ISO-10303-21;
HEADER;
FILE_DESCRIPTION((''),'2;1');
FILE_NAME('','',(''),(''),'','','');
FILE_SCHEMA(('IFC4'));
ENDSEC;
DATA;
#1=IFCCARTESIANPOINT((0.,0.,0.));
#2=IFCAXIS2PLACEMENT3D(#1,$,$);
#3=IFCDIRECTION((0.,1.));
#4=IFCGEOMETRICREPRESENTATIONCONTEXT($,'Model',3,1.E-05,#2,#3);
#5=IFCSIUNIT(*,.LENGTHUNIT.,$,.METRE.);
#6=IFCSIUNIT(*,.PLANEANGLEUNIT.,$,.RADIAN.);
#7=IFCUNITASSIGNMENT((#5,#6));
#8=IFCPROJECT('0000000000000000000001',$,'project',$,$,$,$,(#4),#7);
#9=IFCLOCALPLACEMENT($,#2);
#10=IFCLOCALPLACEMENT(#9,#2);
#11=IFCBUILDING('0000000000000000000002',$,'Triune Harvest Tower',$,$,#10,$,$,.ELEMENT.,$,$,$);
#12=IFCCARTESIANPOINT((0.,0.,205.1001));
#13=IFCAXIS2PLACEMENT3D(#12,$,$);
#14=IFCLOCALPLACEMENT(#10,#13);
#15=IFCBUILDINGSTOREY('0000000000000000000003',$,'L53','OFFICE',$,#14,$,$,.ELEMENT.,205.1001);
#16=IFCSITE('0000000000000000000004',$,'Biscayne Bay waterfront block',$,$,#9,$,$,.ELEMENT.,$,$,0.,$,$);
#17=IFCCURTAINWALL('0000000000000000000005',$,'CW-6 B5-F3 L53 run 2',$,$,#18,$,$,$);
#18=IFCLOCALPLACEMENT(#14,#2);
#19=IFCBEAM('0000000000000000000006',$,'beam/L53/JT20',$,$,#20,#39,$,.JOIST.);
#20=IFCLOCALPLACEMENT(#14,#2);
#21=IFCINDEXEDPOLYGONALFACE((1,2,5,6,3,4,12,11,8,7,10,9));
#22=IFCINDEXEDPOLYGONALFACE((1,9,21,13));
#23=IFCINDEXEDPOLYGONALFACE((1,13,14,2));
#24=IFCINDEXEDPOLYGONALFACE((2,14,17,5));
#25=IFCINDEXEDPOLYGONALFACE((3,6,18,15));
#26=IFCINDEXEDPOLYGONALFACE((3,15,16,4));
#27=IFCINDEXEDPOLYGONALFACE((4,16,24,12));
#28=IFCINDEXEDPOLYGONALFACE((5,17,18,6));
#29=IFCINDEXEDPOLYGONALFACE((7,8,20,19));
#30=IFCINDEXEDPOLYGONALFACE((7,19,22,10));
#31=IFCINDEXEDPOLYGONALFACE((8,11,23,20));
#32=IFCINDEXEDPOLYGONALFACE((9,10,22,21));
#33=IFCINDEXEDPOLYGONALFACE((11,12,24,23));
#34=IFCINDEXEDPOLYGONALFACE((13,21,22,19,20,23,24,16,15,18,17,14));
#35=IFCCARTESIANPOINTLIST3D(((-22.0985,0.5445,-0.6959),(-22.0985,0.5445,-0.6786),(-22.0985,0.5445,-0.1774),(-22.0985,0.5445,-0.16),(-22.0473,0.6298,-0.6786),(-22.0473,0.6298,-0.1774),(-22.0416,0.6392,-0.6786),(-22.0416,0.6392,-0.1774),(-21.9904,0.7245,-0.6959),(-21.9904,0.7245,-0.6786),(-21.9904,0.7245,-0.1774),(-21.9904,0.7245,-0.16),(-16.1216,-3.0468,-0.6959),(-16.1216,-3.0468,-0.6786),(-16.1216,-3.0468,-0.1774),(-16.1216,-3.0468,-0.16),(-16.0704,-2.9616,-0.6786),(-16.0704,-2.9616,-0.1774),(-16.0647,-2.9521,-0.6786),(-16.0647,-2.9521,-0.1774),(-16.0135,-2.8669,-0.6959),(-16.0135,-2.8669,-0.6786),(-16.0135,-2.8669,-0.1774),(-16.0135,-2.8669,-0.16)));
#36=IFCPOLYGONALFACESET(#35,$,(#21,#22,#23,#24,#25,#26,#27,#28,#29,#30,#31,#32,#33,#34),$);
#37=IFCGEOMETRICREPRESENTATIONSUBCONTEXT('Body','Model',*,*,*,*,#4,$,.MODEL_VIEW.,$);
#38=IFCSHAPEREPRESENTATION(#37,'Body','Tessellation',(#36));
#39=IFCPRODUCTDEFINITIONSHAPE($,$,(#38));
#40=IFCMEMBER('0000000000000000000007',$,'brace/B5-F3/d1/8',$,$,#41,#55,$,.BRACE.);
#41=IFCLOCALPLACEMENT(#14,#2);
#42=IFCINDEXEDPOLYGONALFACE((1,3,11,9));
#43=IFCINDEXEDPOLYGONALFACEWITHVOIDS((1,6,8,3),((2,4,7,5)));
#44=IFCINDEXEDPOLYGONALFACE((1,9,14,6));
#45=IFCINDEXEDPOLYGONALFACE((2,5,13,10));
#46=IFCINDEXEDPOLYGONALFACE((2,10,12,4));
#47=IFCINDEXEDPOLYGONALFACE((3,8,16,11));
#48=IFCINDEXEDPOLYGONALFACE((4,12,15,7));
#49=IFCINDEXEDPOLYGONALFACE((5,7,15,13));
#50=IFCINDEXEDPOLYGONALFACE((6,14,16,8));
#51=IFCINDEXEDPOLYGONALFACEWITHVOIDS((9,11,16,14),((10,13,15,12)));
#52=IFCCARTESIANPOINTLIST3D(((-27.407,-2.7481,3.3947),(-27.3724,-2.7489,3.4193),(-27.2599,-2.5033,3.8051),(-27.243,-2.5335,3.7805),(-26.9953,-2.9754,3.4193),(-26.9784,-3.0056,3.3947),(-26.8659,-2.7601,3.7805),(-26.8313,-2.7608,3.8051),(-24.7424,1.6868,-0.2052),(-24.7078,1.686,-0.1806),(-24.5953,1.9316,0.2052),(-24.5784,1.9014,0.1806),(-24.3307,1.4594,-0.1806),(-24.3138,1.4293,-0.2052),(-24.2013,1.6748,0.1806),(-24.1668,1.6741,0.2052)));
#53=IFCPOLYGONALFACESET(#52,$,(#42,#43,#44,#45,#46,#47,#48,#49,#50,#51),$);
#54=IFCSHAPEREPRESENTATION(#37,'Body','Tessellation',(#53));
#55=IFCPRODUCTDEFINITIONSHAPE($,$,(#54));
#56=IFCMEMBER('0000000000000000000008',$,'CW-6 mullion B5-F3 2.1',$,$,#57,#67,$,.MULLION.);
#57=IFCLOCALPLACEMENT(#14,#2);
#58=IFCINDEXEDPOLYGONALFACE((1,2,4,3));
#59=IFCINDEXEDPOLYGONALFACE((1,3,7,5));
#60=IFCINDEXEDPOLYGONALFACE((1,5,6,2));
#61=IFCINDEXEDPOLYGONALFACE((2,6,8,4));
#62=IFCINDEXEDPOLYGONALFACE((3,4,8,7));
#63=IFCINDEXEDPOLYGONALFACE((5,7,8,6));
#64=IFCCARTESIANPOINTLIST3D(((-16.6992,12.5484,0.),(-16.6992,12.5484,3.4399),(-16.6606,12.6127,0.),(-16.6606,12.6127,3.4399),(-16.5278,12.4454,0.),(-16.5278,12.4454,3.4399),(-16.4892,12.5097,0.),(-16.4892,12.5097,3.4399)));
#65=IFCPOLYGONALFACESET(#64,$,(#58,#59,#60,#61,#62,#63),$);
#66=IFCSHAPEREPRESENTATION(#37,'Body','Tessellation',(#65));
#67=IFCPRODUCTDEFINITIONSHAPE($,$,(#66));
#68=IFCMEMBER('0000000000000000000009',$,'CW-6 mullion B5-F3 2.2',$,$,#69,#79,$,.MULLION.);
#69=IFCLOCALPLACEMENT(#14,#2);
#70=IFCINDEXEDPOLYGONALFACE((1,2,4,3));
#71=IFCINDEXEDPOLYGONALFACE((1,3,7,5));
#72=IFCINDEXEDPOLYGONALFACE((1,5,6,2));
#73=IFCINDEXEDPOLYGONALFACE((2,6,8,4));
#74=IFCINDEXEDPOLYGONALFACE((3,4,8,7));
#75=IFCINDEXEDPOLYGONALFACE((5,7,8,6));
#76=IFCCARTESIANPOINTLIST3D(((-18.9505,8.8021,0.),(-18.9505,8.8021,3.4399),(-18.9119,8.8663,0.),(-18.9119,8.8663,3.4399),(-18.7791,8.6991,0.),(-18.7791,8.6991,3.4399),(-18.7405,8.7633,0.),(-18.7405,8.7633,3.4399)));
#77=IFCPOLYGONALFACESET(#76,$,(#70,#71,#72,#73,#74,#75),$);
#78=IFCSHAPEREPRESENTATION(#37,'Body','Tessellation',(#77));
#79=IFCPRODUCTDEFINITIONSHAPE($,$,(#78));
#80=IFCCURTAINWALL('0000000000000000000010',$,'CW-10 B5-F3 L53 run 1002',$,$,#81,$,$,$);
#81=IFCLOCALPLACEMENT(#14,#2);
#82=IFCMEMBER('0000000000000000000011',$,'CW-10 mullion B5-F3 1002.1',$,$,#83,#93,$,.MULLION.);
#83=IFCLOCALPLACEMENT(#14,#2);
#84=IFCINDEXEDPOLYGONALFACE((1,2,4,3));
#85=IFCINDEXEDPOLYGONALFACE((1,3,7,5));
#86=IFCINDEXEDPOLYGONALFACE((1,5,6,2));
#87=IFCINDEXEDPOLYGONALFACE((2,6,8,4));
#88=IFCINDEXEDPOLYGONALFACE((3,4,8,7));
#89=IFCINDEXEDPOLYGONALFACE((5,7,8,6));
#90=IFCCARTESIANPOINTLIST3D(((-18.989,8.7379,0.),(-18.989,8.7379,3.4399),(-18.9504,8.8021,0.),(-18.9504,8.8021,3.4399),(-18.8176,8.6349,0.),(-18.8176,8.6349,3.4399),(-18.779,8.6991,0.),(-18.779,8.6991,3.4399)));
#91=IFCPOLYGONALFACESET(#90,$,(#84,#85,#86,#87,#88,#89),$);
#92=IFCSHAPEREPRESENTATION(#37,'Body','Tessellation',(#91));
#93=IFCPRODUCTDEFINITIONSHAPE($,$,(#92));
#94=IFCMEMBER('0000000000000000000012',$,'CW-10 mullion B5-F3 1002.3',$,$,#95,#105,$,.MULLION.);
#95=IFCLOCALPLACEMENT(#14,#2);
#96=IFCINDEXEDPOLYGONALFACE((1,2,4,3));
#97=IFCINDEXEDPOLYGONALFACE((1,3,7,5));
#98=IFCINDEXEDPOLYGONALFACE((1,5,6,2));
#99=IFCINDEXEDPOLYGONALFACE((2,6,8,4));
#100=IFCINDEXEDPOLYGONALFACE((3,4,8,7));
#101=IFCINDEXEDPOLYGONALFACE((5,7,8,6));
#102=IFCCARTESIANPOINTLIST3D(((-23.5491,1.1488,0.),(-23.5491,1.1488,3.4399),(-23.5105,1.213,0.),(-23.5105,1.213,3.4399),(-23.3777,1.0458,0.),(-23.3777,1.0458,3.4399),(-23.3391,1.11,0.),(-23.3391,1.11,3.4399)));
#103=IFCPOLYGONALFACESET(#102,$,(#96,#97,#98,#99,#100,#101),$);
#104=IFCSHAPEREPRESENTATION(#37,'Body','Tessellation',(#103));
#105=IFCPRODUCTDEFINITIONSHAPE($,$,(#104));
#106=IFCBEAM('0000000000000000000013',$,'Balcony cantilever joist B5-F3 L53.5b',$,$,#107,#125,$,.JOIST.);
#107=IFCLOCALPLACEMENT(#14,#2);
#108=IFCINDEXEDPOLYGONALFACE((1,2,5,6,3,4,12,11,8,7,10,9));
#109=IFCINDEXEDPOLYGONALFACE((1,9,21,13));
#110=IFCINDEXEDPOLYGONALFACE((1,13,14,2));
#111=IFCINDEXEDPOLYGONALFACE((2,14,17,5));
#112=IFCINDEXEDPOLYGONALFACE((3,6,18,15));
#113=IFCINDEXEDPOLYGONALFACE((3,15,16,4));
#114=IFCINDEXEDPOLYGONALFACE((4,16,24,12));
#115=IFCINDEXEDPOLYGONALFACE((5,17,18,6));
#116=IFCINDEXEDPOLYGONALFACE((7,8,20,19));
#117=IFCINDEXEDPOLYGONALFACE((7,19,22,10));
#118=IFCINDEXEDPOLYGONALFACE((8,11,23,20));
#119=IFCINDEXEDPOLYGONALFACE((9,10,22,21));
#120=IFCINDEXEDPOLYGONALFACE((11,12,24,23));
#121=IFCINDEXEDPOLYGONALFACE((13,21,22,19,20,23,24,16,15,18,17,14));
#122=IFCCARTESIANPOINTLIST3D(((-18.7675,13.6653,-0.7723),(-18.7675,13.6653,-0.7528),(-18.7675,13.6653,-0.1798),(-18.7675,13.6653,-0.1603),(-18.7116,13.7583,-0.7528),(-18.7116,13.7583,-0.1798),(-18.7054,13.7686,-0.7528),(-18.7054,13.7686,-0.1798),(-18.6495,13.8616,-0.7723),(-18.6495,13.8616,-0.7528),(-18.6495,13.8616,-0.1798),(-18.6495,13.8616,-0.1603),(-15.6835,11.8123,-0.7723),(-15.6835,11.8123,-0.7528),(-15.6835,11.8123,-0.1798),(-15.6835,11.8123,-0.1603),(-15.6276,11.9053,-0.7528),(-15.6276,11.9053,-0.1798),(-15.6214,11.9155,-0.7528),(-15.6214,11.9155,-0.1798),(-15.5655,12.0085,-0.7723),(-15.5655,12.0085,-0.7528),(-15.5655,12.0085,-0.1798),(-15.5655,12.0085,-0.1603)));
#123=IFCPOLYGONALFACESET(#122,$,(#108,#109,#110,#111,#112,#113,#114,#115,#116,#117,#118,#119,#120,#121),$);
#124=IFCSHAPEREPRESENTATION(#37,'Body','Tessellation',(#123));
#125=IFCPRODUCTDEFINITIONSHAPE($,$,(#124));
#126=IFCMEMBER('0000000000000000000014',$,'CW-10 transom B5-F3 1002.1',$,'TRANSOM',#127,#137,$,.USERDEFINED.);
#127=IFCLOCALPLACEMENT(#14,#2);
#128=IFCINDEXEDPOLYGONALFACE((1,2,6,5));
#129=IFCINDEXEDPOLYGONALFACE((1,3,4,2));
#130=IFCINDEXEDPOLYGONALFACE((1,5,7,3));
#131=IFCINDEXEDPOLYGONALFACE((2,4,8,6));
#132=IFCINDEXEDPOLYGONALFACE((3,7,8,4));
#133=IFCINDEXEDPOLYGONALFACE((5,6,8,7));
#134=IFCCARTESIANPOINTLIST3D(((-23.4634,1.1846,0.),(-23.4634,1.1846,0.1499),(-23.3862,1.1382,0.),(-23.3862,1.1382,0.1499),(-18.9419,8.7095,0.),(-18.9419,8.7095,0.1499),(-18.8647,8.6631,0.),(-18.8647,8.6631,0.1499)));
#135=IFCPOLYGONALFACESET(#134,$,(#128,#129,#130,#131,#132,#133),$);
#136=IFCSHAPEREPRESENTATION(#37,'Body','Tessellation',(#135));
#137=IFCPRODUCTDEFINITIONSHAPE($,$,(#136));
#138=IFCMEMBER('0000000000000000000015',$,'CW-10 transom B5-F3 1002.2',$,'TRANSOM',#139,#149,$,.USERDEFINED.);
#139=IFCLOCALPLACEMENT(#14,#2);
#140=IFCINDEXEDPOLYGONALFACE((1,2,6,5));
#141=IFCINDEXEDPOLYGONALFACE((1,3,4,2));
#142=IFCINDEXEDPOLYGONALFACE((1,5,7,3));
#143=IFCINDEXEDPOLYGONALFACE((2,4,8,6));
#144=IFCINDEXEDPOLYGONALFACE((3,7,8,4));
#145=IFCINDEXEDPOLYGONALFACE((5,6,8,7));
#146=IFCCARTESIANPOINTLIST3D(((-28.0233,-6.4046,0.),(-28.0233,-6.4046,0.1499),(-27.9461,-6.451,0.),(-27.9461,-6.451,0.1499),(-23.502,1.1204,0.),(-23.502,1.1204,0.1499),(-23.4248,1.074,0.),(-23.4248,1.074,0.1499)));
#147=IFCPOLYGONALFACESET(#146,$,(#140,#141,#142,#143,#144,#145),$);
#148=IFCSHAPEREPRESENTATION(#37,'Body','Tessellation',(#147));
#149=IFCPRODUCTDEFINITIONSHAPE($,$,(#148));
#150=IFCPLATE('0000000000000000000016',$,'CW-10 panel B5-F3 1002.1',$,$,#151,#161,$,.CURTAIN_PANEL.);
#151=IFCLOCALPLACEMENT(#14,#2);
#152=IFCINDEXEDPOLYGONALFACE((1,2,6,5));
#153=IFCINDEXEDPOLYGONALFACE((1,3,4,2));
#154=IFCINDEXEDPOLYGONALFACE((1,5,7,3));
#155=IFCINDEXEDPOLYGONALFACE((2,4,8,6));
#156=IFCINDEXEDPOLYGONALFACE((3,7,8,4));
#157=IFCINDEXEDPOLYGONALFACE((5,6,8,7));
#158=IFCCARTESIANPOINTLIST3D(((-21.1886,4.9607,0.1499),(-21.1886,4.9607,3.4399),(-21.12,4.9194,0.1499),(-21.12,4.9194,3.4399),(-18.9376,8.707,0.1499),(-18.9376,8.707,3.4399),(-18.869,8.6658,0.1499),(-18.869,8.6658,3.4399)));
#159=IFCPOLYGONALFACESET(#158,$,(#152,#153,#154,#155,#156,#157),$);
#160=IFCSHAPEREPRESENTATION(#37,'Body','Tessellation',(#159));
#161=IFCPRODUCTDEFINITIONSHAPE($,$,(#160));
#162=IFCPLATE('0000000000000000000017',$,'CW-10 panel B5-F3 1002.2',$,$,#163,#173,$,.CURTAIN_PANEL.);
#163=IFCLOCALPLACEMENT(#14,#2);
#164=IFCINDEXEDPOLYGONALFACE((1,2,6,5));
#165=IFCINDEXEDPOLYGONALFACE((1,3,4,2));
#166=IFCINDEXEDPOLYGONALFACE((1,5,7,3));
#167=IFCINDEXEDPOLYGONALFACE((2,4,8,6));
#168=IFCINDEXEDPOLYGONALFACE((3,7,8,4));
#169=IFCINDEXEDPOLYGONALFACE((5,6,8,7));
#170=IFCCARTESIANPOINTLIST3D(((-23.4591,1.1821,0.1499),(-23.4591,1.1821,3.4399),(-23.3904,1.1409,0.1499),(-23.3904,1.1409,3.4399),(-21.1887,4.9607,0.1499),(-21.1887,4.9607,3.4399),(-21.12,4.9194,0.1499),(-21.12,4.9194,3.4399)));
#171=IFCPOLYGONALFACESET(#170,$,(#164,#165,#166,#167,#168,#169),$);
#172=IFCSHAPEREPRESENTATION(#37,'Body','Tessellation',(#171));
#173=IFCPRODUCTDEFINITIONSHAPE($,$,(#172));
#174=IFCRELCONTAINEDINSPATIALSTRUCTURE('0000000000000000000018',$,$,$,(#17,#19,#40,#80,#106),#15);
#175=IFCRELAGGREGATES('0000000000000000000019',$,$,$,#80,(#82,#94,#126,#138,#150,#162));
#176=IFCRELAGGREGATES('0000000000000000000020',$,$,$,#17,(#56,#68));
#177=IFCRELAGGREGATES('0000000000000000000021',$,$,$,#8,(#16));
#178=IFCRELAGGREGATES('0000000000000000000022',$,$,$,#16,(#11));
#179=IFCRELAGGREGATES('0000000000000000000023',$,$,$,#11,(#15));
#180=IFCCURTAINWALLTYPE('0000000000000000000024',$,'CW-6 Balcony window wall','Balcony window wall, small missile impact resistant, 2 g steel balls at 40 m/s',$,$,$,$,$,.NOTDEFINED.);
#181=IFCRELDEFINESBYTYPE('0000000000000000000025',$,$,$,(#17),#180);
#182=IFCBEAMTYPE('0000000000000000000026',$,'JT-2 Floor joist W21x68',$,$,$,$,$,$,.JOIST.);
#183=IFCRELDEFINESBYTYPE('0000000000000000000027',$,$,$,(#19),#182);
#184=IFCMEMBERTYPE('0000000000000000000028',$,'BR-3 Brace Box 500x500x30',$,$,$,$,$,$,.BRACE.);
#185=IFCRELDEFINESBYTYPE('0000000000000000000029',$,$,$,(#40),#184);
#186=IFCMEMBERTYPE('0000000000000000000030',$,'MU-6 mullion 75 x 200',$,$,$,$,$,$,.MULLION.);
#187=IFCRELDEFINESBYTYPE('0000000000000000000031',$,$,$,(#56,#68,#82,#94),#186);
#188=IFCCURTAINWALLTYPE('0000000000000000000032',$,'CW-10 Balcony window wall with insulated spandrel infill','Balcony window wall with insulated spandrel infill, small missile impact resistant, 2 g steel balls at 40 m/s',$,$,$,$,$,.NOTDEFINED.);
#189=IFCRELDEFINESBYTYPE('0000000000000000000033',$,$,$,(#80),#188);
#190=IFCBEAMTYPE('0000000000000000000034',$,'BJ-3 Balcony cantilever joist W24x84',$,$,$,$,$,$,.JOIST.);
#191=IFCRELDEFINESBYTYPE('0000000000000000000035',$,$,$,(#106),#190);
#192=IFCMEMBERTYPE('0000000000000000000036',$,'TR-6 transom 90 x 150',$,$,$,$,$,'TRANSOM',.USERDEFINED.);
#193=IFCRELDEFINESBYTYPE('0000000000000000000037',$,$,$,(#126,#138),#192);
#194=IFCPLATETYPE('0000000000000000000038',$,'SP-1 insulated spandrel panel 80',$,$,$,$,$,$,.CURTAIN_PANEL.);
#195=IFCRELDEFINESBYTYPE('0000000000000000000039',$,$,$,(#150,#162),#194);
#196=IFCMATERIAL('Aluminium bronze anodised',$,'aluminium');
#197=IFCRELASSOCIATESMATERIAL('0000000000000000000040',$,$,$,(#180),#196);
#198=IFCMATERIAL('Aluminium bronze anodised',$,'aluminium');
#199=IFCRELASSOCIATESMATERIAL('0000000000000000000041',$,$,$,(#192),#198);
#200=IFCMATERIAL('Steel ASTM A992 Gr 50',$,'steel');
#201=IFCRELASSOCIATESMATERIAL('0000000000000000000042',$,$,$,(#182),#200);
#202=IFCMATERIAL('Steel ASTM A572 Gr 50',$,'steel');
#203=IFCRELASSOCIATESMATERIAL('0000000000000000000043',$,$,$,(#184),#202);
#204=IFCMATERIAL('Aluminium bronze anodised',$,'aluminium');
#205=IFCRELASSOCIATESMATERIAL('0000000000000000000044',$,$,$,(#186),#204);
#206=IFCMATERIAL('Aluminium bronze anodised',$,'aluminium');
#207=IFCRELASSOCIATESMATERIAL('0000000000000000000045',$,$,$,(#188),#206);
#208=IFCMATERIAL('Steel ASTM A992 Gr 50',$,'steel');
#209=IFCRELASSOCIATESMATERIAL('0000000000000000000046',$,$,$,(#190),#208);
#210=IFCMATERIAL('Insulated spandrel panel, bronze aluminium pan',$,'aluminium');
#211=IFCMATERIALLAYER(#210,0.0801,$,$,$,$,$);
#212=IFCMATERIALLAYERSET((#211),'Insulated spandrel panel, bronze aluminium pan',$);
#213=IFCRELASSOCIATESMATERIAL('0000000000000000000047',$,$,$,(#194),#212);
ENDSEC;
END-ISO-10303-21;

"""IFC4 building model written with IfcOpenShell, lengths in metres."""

from ifc_helpers import new_model, si_unit, direction, frame, origin, origin_2d, place, context, subcontext, project, spatial, rectangle, hollow_rectangle, i_section, extrude, source, transform, mapped, material, layer, layer_set, material_profile, profile_set, type_object, element, aggregate, save


model = new_model("IFC4")

# Units and contexts
model_context = context("Model", 3, precision=1e-05, world=origin(), true_north=direction((0.0, 1.0)))
body_context = subcontext(model_context, "Body", "Model", "MODEL_VIEW")
ifc_project = project(units=[si_unit("LENGTHUNIT", "METRE"), si_unit("PLANEANGLEUNIT", "RADIAN")], contexts=[model_context])

# Site, building, storey
site_placement = place(None, origin())
site = spatial("IfcSite", under=ifc_project, at=site_placement, Name="Biscayne Bay waterfront block", CompositionType="ELEMENT", RefElevation=0.0)
building_placement = place(site_placement, origin())
building = spatial("IfcBuilding", under=site, at=building_placement, Name="Triune Harvest Tower", CompositionType="ELEMENT")
storey_placement = place(building_placement, frame((0.0, 0.0, 205.1001)))
storey = spatial("IfcBuildingStorey", under=building, at=storey_placement, Name="L53", Description="OFFICE", CompositionType="ELEMENT", Elevation=205.1001)

# Curtain wall
ifc_material_1 = material(Name="Aluminium bronze anodised", Category="aluminium")
curtain_wall_type_1 = type_object("IfcCurtainWallType", Name="CW-6 Balcony window wall", Description="Balcony window wall, small missile impact resistant, 2 g steel balls at 40 m/s", PredefinedType="NOTDEFINED", material=ifc_material_1)
curtain_wall_1_placement = place(storey_placement, origin())
curtain_wall_1 = element("IfcCurtainWall", 1, at=curtain_wall_1_placement, inside=storey, type_object=curtain_wall_type_1, Name="CW-6 B5-F3 L53 run 2")
ifc_material_2 = material(Name="Aluminium bronze anodised", Category="aluminium")
ifc_material_profile_1 = material_profile(ifc_material_2, rectangle(XDim=0.0901, YDim=0.1499, at=origin_2d()), Name="TR-6 transom 90 x 150")
ifc_profile_set_1 = profile_set([ifc_material_profile_1], Name="Aluminium bronze anodised")
member_type_1 = type_object("IfcMemberType", Name="TR-6 transom 90 x 150", ElementType="TRANSOM", PredefinedType="USERDEFINED", material=ifc_profile_set_1)

# Beam
ifc_material_3 = material(Name="Steel ASTM A992 Gr 50", Category="steel")
ifc_material_profile_2 = material_profile(ifc_material_3, i_section(OverallWidth=0.21, OverallDepth=0.5359, WebThickness=0.011, FlangeThickness=0.0173, at=origin_2d()), Name="W21x68")
ifc_profile_set_2 = profile_set([ifc_material_profile_2], Name="Steel ASTM A992 Gr 50")
beam_type_1 = type_object("IfcBeamType", Name="JT-2 Floor joist W21x68", PredefinedType="JOIST", material=ifc_profile_set_2)
shared_shape_1 = source(origin(), body_context, "Body", "SweptSolid", [
    extrude(i_section(OverallWidth=0.21, OverallDepth=0.5359, WebThickness=0.011, FlangeThickness=0.0173, at=origin_2d()), origin(), (0.0, 0.0, 1.0), 6.9729),
])
beam_1_placement = place(storey_placement, frame((-22.0444, 0.6345, -0.428), z_axis=(0.857162, -0.515047, 0.0), x_axis=(0.515047, 0.857162, 0.0)))
element("IfcBeam", 2, at=beam_1_placement, inside=storey, type_object=beam_type_1, Name="beam/L53/JT20", PredefinedType="JOIST", context=body_context, shape_type="MappedRepresentation", body=[
    mapped(shared_shape_1, transform((0.0, 0.0, 0.0), scale=1.0)),
])

# Members
ifc_material_4 = material(Name="Steel ASTM A572 Gr 50", Category="steel")
ifc_material_profile_3 = material_profile(ifc_material_4, hollow_rectangle(XDim=0.5, YDim=0.5, WallThickness=0.03, at=origin_2d()), Name="Box 500x500x30")
ifc_profile_set_3 = profile_set([ifc_material_profile_3], Name="Steel ASTM A572 Gr 50")
member_type_2 = type_object("IfcMemberType", Name="BR-3 Brace Box 500x500x30", PredefinedType="BRACE", material=ifc_profile_set_3)
shared_shape_2 = source(origin(), body_context, "Body", "SweptSolid", [
    extrude(hollow_rectangle(XDim=0.5, YDim=0.5, WallThickness=0.03, at=origin_2d()), origin(), (0.0, 0.0, 1.0), 6.303),
])
member_1_placement = place(storey_placement, frame((-24.4546, 1.6804, 0.0), z_axis=(-0.422751, -0.703617, 0.571144), x_axis=(0.85718, -0.515016, 0.0)))
element("IfcMember", 3, at=member_1_placement, inside=storey, type_object=member_type_2, Name="brace/B5-F3/d1/8", PredefinedType="BRACE", context=body_context, shape_type="MappedRepresentation", body=[
    mapped(shared_shape_2, transform((0.0, 0.0, 0.0), scale=1.0)),
])
ifc_material_5 = material(Name="Aluminium bronze anodised", Category="aluminium")
ifc_material_profile_4 = material_profile(ifc_material_5, rectangle(XDim=0.2, YDim=0.075, at=origin_2d()), Name="MU-6 mullion 75 x 200")
ifc_profile_set_4 = profile_set([ifc_material_profile_4], Name="Aluminium bronze anodised")
member_type_3 = type_object("IfcMemberType", Name="MU-6 mullion 75 x 200", PredefinedType="MULLION", material=ifc_profile_set_4)
shared_shape_3 = source(origin(), body_context, "Body", "SweptSolid", [
    extrude(rectangle(XDim=0.2, YDim=0.075, at=origin_2d()), origin(), (0.0, 0.0, 1.0), 3.4399),
])
member_2_placement = place(storey_placement, frame((-16.5942, 12.5291, 0.0), z_axis=(0.0, 0.0, 1.0), x_axis=(0.857162, -0.515047, 0.0)))
member_2 = element("IfcMember", 4, at=member_2_placement, type_object=member_type_3, Name="CW-6 mullion B5-F3 2.1", PredefinedType="MULLION", context=body_context, shape_type="MappedRepresentation", body=[
    mapped(shared_shape_3, transform((0.0, 0.0, 0.0), scale=1.0)),
])
member_3_placement = place(storey_placement, frame((-18.8455, 8.7827, 0.0), z_axis=(0.0, 0.0, 1.0), x_axis=(0.857162, -0.515047, 0.0)))
member_3 = element("IfcMember", 5, at=member_3_placement, type_object=member_type_3, Name="CW-6 mullion B5-F3 2.2", PredefinedType="MULLION", context=body_context, shape_type="MappedRepresentation", body=[
    mapped(shared_shape_3, transform((0.0, 0.0, 0.0), scale=1.0)),
])

# Curtain wall, members
ifc_material_6 = material(Name="Aluminium bronze anodised", Category="aluminium")
curtain_wall_type_2 = type_object("IfcCurtainWallType", Name="CW-10 Balcony window wall with insulated spandrel infill", Description="Balcony window wall with insulated spandrel infill, small missile impact resistant, 2 g steel balls at 40 m/s", PredefinedType="NOTDEFINED", material=ifc_material_6)
curtain_wall_2_placement = place(storey_placement, origin())
curtain_wall_2 = element("IfcCurtainWall", 6, at=curtain_wall_2_placement, inside=storey, type_object=curtain_wall_type_2, Name="CW-10 B5-F3 L53 run 1002")
member_4_placement = place(storey_placement, frame((-18.884, 8.7185, 0.0), z_axis=(0.0, 0.0, 1.0), x_axis=(0.857169, -0.515035, 0.0)))
member_4 = element("IfcMember", 7, at=member_4_placement, type_object=member_type_3, Name="CW-10 mullion B5-F3 1002.1", PredefinedType="MULLION", context=body_context, shape_type="MappedRepresentation", body=[
    mapped(shared_shape_3, transform((0.0, 0.0, 0.0), scale=1.0)),
])
member_5_placement = place(storey_placement, frame((-23.4441, 1.1294, 0.0), z_axis=(0.0, 0.0, 1.0), x_axis=(0.857169, -0.515035, 0.0)))
member_5 = element("IfcMember", 8, at=member_5_placement, type_object=member_type_3, Name="CW-10 mullion B5-F3 1002.3", PredefinedType="MULLION", context=body_context, shape_type="MappedRepresentation", body=[
    mapped(shared_shape_3, transform((0.0, 0.0, 0.0), scale=1.0)),
])

# Beam
ifc_material_7 = material(Name="Steel ASTM A992 Gr 50", Category="steel")
ifc_material_profile_5 = material_profile(ifc_material_7, i_section(OverallWidth=0.229, OverallDepth=0.6121, WebThickness=0.012, FlangeThickness=0.0195, at=origin_2d()), Name="W24x84")
ifc_profile_set_5 = profile_set([ifc_material_profile_5], Name="Steel ASTM A992 Gr 50")
beam_type_2 = type_object("IfcBeamType", Name="BJ-3 Balcony cantilever joist W24x84", PredefinedType="JOIST", material=ifc_profile_set_5)
shared_shape_4 = source(origin(), body_context, "Body", "SweptSolid", [
    extrude(i_section(OverallWidth=0.229, OverallDepth=0.6121, WebThickness=0.012, FlangeThickness=0.0195, at=origin_2d()), origin(), (0.0, 0.0, 1.0), 3.5979),
])
beam_2_placement = place(storey_placement, frame((-15.6245, 11.9104, -0.4663), z_axis=(-0.857169, 0.515035, 0.0), x_axis=(-0.515035, -0.857169, 0.0)))
element("IfcBeam", 9, at=beam_2_placement, inside=storey, type_object=beam_type_2, Name="Balcony cantilever joist B5-F3 L53.5b", PredefinedType="JOIST", context=body_context, shape_type="MappedRepresentation", body=[
    mapped(shared_shape_4, transform((0.0, 0.0, 0.0), scale=1.0)),
])

# Members
shared_shape_5 = source(origin(), body_context, "Body", "SweptSolid", [
    extrude(rectangle(XDim=0.0901, YDim=0.1499, at=origin_2d()), origin(), (0.0, 0.0, 1.0), 8.7788),
])
member_6_placement = place(storey_placement, frame((-18.9033, 8.6863, 0.075), z_axis=(-0.515044, -0.857164, 0.0), x_axis=(0.857164, -0.515044, 0.0)))
member_6 = element("IfcMember", 10, at=member_6_placement, type_object=member_type_1, Name="CW-10 transom B5-F3 1002.1", ObjectType="TRANSOM", PredefinedType="USERDEFINED", context=body_context, shape_type="MappedRepresentation", body=[
    mapped(shared_shape_5, transform((0.0, 0.0, 0.0), scale=1.0)),
])
member_7_placement = place(storey_placement, frame((-23.4634, 1.0972, 0.075), z_axis=(-0.515023, -0.857176, 0.0), x_axis=(0.857176, -0.515023, 0.0)))
member_7 = element("IfcMember", 11, at=member_7_placement, type_object=member_type_1, Name="CW-10 transom B5-F3 1002.2", ObjectType="TRANSOM", PredefinedType="USERDEFINED", context=body_context, shape_type="MappedRepresentation", body=[
    mapped(shared_shape_5, transform((0.0, 0.0, 0.0), scale=1.0)),
])

# Plates
ifc_material_8 = material(Name="Insulated spandrel panel, bronze aluminium pan", Category="aluminium")
ifc_layer_1 = layer(ifc_material_8, 0.0801)
ifc_layer_set_1 = layer_set([ifc_layer_1], Name="Insulated spandrel panel, bronze aluminium pan")
plate_type_1 = type_object("IfcPlateType", Name="SP-1 insulated spandrel panel 80", PredefinedType="CURTAIN_PANEL", material=ifc_layer_set_1)
shared_shape_6 = source(origin(), body_context, "Body", "SweptSolid", [
    extrude(rectangle(XDim=4.3706, YDim=0.0801, at=origin_2d()), origin(), (0.0, 0.0, 1.0), 3.29),
])
plate_1_placement = place(storey_placement, frame((-20.0288, 6.8132, 0.1499), z_axis=(0.0, 0.0, 1.0), x_axis=(-0.515035, -0.857169, 0.0)))
plate_1 = element("IfcPlate", 12, at=plate_1_placement, type_object=plate_type_1, Name="CW-10 panel B5-F3 1002.1", PredefinedType="CURTAIN_PANEL", context=body_context, shape_type="MappedRepresentation", body=[
    mapped(shared_shape_6, transform((0.0, 0.0, 0.0), scale=1.0)),
])
shared_shape_7 = source(origin(), body_context, "Body", "SweptSolid", [
    extrude(rectangle(XDim=4.4082, YDim=0.0801, at=origin_2d()), origin(), (0.0, 0.0, 1.0), 3.29),
])
plate_2_placement = place(storey_placement, frame((-22.2896, 3.0508, 0.1499), z_axis=(0.0, 0.0, 1.0), x_axis=(-0.515035, -0.857169, 0.0)))
plate_2 = element("IfcPlate", 13, at=plate_2_placement, type_object=plate_type_1, Name="CW-10 panel B5-F3 1002.2", PredefinedType="CURTAIN_PANEL", context=body_context, shape_type="MappedRepresentation", body=[
    mapped(shared_shape_7, transform((0.0, 0.0, 0.0), scale=1.0)),
])
aggregate(curtain_wall_2, [member_4, member_5, member_6, member_7, plate_1, plate_2])
aggregate(curtain_wall_1, [member_2, member_3])

save(model, "model.ifc")
